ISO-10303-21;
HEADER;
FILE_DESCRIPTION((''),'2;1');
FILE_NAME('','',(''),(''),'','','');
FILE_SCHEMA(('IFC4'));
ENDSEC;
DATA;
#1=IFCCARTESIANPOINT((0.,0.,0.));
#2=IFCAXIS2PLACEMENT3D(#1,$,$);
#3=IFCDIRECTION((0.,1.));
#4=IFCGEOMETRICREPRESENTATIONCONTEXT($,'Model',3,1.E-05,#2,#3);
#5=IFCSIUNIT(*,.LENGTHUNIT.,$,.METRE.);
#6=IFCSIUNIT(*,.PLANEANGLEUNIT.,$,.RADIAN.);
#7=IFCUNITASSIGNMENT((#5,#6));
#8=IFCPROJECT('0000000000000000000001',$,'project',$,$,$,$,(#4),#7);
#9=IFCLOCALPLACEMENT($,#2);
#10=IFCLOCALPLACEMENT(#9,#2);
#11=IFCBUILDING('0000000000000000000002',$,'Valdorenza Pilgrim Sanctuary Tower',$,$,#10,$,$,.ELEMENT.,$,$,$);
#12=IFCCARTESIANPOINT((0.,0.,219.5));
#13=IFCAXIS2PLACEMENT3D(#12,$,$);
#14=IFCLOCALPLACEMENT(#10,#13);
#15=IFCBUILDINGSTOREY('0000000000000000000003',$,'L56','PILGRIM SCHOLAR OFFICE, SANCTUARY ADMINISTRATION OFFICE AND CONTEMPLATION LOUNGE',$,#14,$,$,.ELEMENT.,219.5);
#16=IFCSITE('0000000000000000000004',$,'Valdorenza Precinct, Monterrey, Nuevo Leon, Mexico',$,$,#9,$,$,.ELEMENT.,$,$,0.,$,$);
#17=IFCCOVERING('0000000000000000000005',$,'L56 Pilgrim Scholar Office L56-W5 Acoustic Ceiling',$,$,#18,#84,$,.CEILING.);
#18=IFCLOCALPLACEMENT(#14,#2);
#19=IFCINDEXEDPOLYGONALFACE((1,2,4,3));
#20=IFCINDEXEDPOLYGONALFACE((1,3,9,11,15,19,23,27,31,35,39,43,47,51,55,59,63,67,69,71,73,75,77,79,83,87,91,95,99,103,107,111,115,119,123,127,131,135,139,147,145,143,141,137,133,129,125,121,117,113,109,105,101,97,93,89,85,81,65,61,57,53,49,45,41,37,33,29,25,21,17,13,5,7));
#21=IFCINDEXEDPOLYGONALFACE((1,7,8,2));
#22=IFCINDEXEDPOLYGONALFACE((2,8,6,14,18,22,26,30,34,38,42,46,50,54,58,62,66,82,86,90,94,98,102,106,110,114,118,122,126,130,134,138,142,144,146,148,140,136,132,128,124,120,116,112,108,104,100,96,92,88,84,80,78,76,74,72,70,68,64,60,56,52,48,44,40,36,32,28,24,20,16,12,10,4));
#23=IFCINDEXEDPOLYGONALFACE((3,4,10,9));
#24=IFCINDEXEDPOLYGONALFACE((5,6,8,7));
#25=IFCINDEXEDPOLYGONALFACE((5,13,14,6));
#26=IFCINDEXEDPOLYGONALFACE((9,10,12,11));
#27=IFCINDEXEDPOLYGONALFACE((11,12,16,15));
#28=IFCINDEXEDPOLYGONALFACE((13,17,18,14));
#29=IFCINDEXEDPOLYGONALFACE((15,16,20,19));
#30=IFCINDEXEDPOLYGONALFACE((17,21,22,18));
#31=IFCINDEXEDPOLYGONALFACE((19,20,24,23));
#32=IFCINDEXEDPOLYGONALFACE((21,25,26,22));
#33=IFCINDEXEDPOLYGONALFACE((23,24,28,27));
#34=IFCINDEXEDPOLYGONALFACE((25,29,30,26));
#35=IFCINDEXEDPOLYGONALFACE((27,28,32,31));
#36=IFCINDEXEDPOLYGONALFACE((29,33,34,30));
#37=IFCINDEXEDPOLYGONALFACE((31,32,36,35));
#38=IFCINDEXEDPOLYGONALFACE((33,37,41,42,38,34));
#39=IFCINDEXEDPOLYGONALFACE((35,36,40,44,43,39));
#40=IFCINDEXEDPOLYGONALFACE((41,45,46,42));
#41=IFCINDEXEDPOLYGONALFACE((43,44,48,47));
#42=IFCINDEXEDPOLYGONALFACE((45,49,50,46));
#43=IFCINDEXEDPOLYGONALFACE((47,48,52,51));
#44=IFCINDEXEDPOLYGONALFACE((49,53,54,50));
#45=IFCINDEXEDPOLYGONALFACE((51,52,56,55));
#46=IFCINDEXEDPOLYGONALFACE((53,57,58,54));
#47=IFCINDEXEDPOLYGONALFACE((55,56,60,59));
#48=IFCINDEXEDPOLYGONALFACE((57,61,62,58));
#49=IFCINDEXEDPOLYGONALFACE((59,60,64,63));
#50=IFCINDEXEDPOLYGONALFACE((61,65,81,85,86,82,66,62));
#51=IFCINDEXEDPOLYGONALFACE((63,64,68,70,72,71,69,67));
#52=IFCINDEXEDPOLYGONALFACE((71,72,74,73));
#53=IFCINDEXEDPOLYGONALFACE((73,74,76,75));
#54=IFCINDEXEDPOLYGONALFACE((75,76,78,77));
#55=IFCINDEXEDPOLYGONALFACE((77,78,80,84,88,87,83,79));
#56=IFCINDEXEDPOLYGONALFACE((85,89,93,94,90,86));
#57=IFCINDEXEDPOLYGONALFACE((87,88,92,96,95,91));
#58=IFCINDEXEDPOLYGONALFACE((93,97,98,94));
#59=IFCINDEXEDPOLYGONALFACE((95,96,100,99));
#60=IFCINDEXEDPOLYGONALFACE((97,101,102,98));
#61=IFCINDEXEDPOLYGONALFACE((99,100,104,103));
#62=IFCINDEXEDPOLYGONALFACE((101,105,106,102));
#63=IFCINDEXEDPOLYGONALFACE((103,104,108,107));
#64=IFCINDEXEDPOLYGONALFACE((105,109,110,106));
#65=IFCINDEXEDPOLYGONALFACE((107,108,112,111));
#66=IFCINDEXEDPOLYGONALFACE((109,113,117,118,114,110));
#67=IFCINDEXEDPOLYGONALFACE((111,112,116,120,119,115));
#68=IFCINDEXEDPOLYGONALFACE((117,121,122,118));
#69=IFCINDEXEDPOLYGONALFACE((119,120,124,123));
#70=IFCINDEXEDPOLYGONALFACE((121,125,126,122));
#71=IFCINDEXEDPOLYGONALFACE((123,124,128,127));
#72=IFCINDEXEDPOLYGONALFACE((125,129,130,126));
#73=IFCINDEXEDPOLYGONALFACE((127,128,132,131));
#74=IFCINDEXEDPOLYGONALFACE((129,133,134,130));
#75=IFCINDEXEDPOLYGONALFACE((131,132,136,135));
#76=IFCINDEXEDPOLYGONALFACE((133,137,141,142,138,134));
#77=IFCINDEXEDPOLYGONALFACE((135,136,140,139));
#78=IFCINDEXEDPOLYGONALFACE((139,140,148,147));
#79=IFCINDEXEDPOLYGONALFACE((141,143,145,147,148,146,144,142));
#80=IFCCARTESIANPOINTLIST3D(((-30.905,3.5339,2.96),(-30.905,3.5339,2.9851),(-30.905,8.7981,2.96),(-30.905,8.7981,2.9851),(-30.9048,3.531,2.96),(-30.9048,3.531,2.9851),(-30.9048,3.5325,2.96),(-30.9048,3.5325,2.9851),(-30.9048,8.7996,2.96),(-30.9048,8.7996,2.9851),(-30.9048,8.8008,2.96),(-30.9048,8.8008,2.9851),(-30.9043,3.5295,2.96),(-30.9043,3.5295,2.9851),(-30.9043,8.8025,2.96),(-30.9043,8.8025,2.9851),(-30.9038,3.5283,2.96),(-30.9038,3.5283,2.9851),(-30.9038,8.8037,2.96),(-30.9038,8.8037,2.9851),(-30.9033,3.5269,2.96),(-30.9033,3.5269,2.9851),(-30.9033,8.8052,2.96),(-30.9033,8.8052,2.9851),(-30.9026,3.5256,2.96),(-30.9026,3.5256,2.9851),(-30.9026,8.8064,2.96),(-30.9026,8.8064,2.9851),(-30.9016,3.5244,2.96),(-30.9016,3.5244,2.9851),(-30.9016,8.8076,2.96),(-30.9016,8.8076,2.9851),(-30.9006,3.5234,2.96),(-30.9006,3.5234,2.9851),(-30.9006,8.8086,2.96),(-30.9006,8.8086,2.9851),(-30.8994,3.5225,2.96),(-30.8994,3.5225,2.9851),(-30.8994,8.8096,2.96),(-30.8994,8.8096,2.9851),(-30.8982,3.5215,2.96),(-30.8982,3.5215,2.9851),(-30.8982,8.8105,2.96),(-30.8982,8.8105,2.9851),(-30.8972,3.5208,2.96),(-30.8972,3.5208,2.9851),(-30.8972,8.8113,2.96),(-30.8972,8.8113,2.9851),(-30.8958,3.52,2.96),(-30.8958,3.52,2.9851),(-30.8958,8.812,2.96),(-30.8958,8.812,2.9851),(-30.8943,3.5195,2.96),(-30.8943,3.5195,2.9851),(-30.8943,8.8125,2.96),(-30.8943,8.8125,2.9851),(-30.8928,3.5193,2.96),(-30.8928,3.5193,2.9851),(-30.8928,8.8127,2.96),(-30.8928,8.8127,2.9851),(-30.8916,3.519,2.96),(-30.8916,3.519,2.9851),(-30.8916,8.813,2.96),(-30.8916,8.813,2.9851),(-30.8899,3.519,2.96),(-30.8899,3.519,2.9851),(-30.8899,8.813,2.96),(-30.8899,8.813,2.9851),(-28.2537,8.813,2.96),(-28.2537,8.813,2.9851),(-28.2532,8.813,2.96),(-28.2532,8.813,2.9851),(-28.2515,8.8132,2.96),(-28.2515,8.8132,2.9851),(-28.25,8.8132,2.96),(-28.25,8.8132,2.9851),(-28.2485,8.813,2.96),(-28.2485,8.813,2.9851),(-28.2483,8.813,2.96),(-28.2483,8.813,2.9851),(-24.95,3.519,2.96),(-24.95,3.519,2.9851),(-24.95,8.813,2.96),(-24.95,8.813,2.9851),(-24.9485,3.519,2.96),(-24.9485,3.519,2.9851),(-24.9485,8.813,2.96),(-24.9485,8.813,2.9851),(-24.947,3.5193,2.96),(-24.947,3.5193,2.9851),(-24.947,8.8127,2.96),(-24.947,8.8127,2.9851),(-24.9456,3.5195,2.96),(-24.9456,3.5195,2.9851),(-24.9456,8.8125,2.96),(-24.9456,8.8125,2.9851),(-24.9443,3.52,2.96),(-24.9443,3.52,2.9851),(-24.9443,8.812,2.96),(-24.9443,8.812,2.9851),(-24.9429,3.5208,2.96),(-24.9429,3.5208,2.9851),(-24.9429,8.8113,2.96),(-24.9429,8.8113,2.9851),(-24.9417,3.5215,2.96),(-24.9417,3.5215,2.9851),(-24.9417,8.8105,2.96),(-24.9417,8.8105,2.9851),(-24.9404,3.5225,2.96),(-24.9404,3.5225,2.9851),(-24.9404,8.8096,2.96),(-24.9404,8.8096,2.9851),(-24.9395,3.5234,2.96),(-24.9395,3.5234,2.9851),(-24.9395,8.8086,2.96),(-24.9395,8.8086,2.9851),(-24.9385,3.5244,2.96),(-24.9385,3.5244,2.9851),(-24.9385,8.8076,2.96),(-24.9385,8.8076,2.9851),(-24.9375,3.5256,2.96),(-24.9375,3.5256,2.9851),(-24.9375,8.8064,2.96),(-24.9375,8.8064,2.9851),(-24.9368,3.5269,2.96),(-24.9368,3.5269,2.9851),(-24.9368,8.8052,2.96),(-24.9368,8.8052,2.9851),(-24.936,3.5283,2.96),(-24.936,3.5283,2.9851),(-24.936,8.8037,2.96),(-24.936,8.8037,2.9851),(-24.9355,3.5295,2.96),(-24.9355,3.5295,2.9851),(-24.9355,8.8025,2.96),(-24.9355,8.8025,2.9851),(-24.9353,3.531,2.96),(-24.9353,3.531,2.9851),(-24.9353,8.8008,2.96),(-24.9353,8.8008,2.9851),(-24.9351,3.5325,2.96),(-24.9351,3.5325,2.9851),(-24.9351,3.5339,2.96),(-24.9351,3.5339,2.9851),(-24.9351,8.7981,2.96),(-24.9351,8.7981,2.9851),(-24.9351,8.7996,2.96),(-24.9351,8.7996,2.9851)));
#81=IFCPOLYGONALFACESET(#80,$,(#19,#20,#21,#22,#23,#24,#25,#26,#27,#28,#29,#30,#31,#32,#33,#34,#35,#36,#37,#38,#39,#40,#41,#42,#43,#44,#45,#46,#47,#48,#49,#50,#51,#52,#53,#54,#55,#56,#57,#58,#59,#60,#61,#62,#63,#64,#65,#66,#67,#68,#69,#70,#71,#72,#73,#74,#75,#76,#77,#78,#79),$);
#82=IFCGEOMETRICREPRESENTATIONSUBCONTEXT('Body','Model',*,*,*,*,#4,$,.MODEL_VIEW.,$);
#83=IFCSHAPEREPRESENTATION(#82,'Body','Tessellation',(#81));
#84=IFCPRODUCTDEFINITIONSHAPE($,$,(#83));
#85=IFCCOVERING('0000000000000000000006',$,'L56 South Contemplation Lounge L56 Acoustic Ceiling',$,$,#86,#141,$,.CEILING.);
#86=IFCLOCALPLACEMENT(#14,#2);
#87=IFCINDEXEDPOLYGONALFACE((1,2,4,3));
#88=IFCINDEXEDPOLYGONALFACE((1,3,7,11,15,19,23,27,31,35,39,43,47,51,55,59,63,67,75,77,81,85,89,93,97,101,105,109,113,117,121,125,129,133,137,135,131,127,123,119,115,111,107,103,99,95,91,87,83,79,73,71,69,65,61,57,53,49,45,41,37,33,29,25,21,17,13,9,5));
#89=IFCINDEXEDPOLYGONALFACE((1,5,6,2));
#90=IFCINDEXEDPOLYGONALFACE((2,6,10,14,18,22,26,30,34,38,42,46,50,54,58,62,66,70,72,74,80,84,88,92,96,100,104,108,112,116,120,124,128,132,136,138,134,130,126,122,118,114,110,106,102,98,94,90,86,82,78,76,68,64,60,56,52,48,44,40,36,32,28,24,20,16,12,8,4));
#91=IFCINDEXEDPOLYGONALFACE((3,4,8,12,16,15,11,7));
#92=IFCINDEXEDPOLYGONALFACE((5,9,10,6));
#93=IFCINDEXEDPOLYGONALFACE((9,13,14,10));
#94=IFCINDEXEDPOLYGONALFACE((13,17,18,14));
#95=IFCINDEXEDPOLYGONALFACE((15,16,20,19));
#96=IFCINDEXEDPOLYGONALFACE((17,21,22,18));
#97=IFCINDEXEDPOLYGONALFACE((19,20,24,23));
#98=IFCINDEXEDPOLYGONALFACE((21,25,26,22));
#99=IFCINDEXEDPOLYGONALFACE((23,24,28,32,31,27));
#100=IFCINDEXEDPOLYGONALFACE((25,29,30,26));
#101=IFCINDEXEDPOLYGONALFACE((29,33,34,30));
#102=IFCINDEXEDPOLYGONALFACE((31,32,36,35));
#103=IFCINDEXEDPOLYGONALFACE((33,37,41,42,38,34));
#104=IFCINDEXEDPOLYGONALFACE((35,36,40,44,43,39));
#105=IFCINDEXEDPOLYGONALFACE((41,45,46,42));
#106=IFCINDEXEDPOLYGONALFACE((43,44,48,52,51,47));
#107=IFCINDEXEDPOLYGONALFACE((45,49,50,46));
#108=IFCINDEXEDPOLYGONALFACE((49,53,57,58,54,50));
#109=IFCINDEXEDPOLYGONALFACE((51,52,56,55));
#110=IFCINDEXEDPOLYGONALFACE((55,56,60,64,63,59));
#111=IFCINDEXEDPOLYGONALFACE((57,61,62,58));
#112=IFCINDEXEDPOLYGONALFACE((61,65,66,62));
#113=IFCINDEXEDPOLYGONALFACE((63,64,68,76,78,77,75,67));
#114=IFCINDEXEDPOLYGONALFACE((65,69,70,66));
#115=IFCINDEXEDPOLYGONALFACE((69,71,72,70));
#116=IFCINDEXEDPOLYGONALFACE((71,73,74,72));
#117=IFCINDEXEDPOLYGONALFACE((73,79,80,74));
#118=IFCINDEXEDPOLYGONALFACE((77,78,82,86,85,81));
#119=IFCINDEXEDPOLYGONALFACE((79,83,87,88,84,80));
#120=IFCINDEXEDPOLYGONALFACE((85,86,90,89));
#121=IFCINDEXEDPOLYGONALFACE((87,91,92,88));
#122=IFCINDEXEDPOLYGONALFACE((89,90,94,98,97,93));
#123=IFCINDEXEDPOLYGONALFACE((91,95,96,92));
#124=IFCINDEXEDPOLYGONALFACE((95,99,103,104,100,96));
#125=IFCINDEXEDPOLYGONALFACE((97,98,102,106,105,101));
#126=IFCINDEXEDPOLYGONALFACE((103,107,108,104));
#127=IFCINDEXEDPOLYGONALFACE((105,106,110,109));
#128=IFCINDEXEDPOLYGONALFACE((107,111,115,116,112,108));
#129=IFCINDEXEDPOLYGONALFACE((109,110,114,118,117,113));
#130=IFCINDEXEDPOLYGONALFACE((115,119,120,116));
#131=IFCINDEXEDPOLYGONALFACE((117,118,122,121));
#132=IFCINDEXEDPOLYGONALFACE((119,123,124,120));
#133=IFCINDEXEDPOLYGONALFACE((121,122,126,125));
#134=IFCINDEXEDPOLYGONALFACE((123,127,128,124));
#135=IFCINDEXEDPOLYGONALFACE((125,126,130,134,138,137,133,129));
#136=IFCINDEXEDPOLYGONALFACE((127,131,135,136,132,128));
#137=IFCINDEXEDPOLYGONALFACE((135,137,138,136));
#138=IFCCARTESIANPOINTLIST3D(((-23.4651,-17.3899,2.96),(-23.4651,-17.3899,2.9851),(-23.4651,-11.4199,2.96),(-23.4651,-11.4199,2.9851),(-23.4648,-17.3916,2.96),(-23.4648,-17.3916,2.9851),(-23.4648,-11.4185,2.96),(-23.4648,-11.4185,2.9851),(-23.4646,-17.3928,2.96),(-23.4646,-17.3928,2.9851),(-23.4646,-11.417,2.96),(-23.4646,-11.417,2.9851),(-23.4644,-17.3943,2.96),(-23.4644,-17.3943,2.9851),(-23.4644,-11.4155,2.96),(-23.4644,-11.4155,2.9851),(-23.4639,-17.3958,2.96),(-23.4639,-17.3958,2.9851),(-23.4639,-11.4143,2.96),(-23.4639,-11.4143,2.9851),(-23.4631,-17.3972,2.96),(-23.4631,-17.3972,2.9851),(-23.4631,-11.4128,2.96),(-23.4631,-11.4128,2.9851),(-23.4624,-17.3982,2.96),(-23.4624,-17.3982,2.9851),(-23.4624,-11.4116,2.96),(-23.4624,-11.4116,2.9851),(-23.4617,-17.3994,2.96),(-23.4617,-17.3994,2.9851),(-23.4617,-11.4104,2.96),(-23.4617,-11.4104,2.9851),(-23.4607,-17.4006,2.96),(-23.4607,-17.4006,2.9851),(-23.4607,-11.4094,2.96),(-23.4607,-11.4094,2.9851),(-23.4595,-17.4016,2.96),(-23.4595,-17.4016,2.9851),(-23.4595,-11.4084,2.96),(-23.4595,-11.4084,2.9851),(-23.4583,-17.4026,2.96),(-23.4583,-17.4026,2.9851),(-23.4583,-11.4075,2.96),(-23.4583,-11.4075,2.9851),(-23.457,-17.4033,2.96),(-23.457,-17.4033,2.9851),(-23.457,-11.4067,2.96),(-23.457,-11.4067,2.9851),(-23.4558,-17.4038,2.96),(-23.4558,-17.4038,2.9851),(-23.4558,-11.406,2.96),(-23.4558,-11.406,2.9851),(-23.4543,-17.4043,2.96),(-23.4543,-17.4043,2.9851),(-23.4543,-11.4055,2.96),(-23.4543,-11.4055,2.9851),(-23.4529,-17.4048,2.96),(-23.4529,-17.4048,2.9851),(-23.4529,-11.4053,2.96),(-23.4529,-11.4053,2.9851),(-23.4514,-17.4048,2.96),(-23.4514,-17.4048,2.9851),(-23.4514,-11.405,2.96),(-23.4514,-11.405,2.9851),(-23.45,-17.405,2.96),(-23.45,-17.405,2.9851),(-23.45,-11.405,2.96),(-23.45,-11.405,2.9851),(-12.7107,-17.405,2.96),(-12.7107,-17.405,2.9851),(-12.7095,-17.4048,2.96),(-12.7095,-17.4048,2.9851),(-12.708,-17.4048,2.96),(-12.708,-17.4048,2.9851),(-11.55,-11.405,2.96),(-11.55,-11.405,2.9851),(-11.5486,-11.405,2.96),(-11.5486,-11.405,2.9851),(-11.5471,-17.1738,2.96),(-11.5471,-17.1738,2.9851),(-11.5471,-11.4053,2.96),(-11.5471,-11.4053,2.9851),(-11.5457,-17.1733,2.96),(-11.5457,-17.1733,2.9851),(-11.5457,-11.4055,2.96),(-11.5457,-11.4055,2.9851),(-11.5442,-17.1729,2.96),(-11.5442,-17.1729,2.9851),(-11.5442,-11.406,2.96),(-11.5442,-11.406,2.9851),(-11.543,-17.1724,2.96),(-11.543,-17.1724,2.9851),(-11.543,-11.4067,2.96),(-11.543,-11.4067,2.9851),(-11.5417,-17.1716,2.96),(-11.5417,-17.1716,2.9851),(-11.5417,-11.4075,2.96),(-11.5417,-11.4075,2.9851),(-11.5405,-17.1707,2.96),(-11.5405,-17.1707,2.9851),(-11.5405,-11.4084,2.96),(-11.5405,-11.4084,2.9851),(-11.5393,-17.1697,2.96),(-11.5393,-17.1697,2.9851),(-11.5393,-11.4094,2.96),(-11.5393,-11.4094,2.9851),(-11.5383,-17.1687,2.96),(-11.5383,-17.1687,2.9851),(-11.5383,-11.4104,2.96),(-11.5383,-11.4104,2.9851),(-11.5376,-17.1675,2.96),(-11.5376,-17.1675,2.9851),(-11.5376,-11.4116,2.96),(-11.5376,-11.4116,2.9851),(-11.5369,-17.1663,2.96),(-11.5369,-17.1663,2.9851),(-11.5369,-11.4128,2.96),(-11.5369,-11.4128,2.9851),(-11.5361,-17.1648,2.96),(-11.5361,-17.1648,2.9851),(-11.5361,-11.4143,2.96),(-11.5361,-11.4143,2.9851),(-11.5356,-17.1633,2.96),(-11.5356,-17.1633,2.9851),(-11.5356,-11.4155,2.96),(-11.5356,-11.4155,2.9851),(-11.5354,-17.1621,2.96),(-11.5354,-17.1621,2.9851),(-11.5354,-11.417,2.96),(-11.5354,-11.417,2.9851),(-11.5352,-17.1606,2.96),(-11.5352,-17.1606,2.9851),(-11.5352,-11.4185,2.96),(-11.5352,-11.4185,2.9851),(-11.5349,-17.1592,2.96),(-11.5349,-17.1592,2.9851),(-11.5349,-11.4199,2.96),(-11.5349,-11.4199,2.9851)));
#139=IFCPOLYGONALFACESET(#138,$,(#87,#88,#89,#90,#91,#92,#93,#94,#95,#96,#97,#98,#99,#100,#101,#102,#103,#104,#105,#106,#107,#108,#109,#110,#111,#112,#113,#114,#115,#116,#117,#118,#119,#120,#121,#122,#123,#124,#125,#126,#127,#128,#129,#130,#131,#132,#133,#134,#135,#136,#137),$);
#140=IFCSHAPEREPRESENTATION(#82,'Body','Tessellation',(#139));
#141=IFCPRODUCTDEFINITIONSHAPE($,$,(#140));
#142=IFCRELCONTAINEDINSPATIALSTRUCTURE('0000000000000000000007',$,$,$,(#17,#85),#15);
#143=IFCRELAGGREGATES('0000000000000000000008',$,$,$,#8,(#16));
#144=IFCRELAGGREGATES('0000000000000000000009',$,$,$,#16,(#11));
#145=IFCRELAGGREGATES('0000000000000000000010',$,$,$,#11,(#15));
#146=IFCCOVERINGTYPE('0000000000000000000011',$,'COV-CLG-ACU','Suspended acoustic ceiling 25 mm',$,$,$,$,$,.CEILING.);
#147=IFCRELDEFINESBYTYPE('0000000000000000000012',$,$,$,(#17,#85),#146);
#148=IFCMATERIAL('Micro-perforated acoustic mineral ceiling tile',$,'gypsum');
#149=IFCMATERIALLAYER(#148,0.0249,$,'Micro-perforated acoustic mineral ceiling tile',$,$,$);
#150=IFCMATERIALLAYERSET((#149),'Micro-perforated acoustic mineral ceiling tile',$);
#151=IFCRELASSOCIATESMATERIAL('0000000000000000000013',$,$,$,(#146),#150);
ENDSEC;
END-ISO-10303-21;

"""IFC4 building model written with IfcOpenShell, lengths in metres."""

from ifc_helpers import new_model, si_unit, direction, frame, origin, place, context, subcontext, project, spatial, polyline, outline, extrude, material, layer, layer_set, type_object, element, save


model = new_model("IFC4")

# Units and contexts
model_context = context("Model", 3, precision=1e-05, world=origin(), true_north=direction((0.0, 1.0)))
body_context = subcontext(model_context, "Body", "Model", "MODEL_VIEW")
ifc_project = project(units=[si_unit("LENGTHUNIT", "METRE"), si_unit("PLANEANGLEUNIT", "RADIAN")], contexts=[model_context])

# Site, building, storey
site_placement = place(None, origin())
site = spatial("IfcSite", under=ifc_project, at=site_placement, Name="Valdorenza Precinct, Monterrey, Nuevo Leon, Mexico", CompositionType="ELEMENT", RefElevation=0.0)
building_placement = place(site_placement, origin())
building = spatial("IfcBuilding", under=site, at=building_placement, Name="Valdorenza Pilgrim Sanctuary Tower", CompositionType="ELEMENT")
storey_placement = place(building_placement, frame((0.0, 0.0, 219.5)))
storey = spatial("IfcBuildingStorey", under=building, at=storey_placement, Name="L56", Description="PILGRIM SCHOLAR OFFICE, SANCTUARY ADMINISTRATION OFFICE AND CONTEMPLATION LOUNGE", CompositionType="ELEMENT", Elevation=219.5)

# Coverings
ifc_material_1 = material(Name="Micro-perforated acoustic mineral ceiling tile", Category="gypsum")
ifc_layer_1 = layer(ifc_material_1, 0.0249, Name="Micro-perforated acoustic mineral ceiling tile")
ifc_layer_set_1 = layer_set([ifc_layer_1], Name="Micro-perforated acoustic mineral ceiling tile")
covering_type_1 = type_object("IfcCoveringType", Name="COV-CLG-ACU", Description="Suspended acoustic ceiling 25 mm", PredefinedType="CEILING", material=ifc_layer_set_1)
covering_1_placement = place(storey_placement, frame((0.0, 0.0, 2.96)))
element("IfcCovering", 1, at=covering_1_placement, inside=storey, type_object=covering_type_1, Name="L56 Pilgrim Scholar Office L56-W5 Acoustic Ceiling", PredefinedType="CEILING", context=body_context, shape_type="SweptSolid", body=[
    extrude(outline(polyline([(-28.2537, 8.813), (-28.2532, 8.813), (-28.2515, 8.8132), (-28.25, 8.8132), (-28.2485, 8.813), (-28.2483, 8.813), (-24.95, 8.813), (-24.9485, 8.813), (-24.947, 8.8127), (-24.9456, 8.8125), (-24.9443, 8.812), (-24.9429, 8.8113), (-24.9417, 8.8105), (-24.9404, 8.8096), (-24.9395, 8.8086), (-24.9385, 8.8076), (-24.9375, 8.8064), (-24.9368, 8.8052), (-24.936, 8.8037), (-24.9355, 8.8025), (-24.9353, 8.8008), (-24.9351, 8.7996), (-24.9351, 8.7981), (-24.9351, 3.5339), (-24.9351, 3.5325), (-24.9353, 3.531), (-24.9355, 3.5295), (-24.936, 3.5283), (-24.9368, 3.5269), (-24.9375, 3.5256), (-24.9385, 3.5244), (-24.9395, 3.5234), (-24.9404, 3.5225), (-24.9417, 3.5215), (-24.9429, 3.5208), (-24.9443, 3.52), (-24.9456, 3.5195), (-24.947, 3.5193), (-24.9485, 3.519), (-24.95, 3.519), (-30.8899, 3.519), (-30.8916, 3.519), (-30.8928, 3.5193), (-30.8943, 3.5195), (-30.8958, 3.52), (-30.8972, 3.5208), (-30.8982, 3.5215), (-30.8994, 3.5225), (-30.9006, 3.5234), (-30.9016, 3.5244), (-30.9026, 3.5256), (-30.9033, 3.5269), (-30.9038, 3.5283), (-30.9043, 3.5295), (-30.9048, 3.531), (-30.9048, 3.5325), (-30.905, 3.5339), (-30.905, 8.7981), (-30.9048, 8.7996), (-30.9048, 8.8008), (-30.9043, 8.8025), (-30.9038, 8.8037), (-30.9033, 8.8052), (-30.9026, 8.8064), (-30.9016, 8.8076), (-30.9006, 8.8086), (-30.8994, 8.8096), (-30.8982, 8.8105), (-30.8972, 8.8113), (-30.8958, 8.812), (-30.8943, 8.8125), (-30.8928, 8.8127), (-30.8916, 8.813), (-30.8899, 8.813), (-28.2537, 8.813)])), origin(), (0.0, 0.0, 1.0), 0.0251),
])
covering_2_placement = place(storey_placement, frame((0.0, 0.0, 2.96)))
element("IfcCovering", 2, at=covering_2_placement, inside=storey, type_object=covering_type_1, Name="L56 South Contemplation Lounge L56 Acoustic Ceiling", PredefinedType="CEILING", context=body_context, shape_type="SweptSolid", body=[
    extrude(outline(polyline([(-11.55, -11.405), (-11.5486, -11.405), (-11.5471, -11.4053), (-11.5457, -11.4055), (-11.5442, -11.406), (-11.543, -11.4067), (-11.5417, -11.4075), (-11.5405, -11.4084), (-11.5393, -11.4094), (-11.5383, -11.4104), (-11.5376, -11.4116), (-11.5369, -11.4128), (-11.5361, -11.4143), (-11.5356, -11.4155), (-11.5354, -11.417), (-11.5352, -11.4185), (-11.5349, -11.4199), (-11.5349, -17.1592), (-11.5352, -17.1606), (-11.5354, -17.1621), (-11.5356, -17.1633), (-11.5361, -17.1648), (-11.5369, -17.1663), (-11.5376, -17.1675), (-11.5383, -17.1687), (-11.5393, -17.1697), (-11.5405, -17.1707), (-11.5417, -17.1716), (-11.543, -17.1724), (-11.5442, -17.1729), (-11.5457, -17.1733), (-11.5471, -17.1738), (-12.708, -17.4048), (-12.7095, -17.4048), (-12.7107, -17.405), (-23.45, -17.405), (-23.4514, -17.4048), (-23.4529, -17.4048), (-23.4543, -17.4043), (-23.4558, -17.4038), (-23.457, -17.4033), (-23.4583, -17.4026), (-23.4595, -17.4016), (-23.4607, -17.4006), (-23.4617, -17.3994), (-23.4624, -17.3982), (-23.4631, -17.3972), (-23.4639, -17.3958), (-23.4644, -17.3943), (-23.4646, -17.3928), (-23.4648, -17.3916), (-23.4651, -17.3899), (-23.4651, -11.4199), (-23.4648, -11.4185), (-23.4646, -11.417), (-23.4644, -11.4155), (-23.4639, -11.4143), (-23.4631, -11.4128), (-23.4624, -11.4116), (-23.4617, -11.4104), (-23.4607, -11.4094), (-23.4595, -11.4084), (-23.4583, -11.4075), (-23.457, -11.4067), (-23.4558, -11.406), (-23.4543, -11.4055), (-23.4529, -11.4053), (-23.4514, -11.405), (-23.45, -11.405), (-11.55, -11.405)])), origin(), (0.0, 0.0, 1.0), 0.0251),
])

save(model, "model.ifc")
